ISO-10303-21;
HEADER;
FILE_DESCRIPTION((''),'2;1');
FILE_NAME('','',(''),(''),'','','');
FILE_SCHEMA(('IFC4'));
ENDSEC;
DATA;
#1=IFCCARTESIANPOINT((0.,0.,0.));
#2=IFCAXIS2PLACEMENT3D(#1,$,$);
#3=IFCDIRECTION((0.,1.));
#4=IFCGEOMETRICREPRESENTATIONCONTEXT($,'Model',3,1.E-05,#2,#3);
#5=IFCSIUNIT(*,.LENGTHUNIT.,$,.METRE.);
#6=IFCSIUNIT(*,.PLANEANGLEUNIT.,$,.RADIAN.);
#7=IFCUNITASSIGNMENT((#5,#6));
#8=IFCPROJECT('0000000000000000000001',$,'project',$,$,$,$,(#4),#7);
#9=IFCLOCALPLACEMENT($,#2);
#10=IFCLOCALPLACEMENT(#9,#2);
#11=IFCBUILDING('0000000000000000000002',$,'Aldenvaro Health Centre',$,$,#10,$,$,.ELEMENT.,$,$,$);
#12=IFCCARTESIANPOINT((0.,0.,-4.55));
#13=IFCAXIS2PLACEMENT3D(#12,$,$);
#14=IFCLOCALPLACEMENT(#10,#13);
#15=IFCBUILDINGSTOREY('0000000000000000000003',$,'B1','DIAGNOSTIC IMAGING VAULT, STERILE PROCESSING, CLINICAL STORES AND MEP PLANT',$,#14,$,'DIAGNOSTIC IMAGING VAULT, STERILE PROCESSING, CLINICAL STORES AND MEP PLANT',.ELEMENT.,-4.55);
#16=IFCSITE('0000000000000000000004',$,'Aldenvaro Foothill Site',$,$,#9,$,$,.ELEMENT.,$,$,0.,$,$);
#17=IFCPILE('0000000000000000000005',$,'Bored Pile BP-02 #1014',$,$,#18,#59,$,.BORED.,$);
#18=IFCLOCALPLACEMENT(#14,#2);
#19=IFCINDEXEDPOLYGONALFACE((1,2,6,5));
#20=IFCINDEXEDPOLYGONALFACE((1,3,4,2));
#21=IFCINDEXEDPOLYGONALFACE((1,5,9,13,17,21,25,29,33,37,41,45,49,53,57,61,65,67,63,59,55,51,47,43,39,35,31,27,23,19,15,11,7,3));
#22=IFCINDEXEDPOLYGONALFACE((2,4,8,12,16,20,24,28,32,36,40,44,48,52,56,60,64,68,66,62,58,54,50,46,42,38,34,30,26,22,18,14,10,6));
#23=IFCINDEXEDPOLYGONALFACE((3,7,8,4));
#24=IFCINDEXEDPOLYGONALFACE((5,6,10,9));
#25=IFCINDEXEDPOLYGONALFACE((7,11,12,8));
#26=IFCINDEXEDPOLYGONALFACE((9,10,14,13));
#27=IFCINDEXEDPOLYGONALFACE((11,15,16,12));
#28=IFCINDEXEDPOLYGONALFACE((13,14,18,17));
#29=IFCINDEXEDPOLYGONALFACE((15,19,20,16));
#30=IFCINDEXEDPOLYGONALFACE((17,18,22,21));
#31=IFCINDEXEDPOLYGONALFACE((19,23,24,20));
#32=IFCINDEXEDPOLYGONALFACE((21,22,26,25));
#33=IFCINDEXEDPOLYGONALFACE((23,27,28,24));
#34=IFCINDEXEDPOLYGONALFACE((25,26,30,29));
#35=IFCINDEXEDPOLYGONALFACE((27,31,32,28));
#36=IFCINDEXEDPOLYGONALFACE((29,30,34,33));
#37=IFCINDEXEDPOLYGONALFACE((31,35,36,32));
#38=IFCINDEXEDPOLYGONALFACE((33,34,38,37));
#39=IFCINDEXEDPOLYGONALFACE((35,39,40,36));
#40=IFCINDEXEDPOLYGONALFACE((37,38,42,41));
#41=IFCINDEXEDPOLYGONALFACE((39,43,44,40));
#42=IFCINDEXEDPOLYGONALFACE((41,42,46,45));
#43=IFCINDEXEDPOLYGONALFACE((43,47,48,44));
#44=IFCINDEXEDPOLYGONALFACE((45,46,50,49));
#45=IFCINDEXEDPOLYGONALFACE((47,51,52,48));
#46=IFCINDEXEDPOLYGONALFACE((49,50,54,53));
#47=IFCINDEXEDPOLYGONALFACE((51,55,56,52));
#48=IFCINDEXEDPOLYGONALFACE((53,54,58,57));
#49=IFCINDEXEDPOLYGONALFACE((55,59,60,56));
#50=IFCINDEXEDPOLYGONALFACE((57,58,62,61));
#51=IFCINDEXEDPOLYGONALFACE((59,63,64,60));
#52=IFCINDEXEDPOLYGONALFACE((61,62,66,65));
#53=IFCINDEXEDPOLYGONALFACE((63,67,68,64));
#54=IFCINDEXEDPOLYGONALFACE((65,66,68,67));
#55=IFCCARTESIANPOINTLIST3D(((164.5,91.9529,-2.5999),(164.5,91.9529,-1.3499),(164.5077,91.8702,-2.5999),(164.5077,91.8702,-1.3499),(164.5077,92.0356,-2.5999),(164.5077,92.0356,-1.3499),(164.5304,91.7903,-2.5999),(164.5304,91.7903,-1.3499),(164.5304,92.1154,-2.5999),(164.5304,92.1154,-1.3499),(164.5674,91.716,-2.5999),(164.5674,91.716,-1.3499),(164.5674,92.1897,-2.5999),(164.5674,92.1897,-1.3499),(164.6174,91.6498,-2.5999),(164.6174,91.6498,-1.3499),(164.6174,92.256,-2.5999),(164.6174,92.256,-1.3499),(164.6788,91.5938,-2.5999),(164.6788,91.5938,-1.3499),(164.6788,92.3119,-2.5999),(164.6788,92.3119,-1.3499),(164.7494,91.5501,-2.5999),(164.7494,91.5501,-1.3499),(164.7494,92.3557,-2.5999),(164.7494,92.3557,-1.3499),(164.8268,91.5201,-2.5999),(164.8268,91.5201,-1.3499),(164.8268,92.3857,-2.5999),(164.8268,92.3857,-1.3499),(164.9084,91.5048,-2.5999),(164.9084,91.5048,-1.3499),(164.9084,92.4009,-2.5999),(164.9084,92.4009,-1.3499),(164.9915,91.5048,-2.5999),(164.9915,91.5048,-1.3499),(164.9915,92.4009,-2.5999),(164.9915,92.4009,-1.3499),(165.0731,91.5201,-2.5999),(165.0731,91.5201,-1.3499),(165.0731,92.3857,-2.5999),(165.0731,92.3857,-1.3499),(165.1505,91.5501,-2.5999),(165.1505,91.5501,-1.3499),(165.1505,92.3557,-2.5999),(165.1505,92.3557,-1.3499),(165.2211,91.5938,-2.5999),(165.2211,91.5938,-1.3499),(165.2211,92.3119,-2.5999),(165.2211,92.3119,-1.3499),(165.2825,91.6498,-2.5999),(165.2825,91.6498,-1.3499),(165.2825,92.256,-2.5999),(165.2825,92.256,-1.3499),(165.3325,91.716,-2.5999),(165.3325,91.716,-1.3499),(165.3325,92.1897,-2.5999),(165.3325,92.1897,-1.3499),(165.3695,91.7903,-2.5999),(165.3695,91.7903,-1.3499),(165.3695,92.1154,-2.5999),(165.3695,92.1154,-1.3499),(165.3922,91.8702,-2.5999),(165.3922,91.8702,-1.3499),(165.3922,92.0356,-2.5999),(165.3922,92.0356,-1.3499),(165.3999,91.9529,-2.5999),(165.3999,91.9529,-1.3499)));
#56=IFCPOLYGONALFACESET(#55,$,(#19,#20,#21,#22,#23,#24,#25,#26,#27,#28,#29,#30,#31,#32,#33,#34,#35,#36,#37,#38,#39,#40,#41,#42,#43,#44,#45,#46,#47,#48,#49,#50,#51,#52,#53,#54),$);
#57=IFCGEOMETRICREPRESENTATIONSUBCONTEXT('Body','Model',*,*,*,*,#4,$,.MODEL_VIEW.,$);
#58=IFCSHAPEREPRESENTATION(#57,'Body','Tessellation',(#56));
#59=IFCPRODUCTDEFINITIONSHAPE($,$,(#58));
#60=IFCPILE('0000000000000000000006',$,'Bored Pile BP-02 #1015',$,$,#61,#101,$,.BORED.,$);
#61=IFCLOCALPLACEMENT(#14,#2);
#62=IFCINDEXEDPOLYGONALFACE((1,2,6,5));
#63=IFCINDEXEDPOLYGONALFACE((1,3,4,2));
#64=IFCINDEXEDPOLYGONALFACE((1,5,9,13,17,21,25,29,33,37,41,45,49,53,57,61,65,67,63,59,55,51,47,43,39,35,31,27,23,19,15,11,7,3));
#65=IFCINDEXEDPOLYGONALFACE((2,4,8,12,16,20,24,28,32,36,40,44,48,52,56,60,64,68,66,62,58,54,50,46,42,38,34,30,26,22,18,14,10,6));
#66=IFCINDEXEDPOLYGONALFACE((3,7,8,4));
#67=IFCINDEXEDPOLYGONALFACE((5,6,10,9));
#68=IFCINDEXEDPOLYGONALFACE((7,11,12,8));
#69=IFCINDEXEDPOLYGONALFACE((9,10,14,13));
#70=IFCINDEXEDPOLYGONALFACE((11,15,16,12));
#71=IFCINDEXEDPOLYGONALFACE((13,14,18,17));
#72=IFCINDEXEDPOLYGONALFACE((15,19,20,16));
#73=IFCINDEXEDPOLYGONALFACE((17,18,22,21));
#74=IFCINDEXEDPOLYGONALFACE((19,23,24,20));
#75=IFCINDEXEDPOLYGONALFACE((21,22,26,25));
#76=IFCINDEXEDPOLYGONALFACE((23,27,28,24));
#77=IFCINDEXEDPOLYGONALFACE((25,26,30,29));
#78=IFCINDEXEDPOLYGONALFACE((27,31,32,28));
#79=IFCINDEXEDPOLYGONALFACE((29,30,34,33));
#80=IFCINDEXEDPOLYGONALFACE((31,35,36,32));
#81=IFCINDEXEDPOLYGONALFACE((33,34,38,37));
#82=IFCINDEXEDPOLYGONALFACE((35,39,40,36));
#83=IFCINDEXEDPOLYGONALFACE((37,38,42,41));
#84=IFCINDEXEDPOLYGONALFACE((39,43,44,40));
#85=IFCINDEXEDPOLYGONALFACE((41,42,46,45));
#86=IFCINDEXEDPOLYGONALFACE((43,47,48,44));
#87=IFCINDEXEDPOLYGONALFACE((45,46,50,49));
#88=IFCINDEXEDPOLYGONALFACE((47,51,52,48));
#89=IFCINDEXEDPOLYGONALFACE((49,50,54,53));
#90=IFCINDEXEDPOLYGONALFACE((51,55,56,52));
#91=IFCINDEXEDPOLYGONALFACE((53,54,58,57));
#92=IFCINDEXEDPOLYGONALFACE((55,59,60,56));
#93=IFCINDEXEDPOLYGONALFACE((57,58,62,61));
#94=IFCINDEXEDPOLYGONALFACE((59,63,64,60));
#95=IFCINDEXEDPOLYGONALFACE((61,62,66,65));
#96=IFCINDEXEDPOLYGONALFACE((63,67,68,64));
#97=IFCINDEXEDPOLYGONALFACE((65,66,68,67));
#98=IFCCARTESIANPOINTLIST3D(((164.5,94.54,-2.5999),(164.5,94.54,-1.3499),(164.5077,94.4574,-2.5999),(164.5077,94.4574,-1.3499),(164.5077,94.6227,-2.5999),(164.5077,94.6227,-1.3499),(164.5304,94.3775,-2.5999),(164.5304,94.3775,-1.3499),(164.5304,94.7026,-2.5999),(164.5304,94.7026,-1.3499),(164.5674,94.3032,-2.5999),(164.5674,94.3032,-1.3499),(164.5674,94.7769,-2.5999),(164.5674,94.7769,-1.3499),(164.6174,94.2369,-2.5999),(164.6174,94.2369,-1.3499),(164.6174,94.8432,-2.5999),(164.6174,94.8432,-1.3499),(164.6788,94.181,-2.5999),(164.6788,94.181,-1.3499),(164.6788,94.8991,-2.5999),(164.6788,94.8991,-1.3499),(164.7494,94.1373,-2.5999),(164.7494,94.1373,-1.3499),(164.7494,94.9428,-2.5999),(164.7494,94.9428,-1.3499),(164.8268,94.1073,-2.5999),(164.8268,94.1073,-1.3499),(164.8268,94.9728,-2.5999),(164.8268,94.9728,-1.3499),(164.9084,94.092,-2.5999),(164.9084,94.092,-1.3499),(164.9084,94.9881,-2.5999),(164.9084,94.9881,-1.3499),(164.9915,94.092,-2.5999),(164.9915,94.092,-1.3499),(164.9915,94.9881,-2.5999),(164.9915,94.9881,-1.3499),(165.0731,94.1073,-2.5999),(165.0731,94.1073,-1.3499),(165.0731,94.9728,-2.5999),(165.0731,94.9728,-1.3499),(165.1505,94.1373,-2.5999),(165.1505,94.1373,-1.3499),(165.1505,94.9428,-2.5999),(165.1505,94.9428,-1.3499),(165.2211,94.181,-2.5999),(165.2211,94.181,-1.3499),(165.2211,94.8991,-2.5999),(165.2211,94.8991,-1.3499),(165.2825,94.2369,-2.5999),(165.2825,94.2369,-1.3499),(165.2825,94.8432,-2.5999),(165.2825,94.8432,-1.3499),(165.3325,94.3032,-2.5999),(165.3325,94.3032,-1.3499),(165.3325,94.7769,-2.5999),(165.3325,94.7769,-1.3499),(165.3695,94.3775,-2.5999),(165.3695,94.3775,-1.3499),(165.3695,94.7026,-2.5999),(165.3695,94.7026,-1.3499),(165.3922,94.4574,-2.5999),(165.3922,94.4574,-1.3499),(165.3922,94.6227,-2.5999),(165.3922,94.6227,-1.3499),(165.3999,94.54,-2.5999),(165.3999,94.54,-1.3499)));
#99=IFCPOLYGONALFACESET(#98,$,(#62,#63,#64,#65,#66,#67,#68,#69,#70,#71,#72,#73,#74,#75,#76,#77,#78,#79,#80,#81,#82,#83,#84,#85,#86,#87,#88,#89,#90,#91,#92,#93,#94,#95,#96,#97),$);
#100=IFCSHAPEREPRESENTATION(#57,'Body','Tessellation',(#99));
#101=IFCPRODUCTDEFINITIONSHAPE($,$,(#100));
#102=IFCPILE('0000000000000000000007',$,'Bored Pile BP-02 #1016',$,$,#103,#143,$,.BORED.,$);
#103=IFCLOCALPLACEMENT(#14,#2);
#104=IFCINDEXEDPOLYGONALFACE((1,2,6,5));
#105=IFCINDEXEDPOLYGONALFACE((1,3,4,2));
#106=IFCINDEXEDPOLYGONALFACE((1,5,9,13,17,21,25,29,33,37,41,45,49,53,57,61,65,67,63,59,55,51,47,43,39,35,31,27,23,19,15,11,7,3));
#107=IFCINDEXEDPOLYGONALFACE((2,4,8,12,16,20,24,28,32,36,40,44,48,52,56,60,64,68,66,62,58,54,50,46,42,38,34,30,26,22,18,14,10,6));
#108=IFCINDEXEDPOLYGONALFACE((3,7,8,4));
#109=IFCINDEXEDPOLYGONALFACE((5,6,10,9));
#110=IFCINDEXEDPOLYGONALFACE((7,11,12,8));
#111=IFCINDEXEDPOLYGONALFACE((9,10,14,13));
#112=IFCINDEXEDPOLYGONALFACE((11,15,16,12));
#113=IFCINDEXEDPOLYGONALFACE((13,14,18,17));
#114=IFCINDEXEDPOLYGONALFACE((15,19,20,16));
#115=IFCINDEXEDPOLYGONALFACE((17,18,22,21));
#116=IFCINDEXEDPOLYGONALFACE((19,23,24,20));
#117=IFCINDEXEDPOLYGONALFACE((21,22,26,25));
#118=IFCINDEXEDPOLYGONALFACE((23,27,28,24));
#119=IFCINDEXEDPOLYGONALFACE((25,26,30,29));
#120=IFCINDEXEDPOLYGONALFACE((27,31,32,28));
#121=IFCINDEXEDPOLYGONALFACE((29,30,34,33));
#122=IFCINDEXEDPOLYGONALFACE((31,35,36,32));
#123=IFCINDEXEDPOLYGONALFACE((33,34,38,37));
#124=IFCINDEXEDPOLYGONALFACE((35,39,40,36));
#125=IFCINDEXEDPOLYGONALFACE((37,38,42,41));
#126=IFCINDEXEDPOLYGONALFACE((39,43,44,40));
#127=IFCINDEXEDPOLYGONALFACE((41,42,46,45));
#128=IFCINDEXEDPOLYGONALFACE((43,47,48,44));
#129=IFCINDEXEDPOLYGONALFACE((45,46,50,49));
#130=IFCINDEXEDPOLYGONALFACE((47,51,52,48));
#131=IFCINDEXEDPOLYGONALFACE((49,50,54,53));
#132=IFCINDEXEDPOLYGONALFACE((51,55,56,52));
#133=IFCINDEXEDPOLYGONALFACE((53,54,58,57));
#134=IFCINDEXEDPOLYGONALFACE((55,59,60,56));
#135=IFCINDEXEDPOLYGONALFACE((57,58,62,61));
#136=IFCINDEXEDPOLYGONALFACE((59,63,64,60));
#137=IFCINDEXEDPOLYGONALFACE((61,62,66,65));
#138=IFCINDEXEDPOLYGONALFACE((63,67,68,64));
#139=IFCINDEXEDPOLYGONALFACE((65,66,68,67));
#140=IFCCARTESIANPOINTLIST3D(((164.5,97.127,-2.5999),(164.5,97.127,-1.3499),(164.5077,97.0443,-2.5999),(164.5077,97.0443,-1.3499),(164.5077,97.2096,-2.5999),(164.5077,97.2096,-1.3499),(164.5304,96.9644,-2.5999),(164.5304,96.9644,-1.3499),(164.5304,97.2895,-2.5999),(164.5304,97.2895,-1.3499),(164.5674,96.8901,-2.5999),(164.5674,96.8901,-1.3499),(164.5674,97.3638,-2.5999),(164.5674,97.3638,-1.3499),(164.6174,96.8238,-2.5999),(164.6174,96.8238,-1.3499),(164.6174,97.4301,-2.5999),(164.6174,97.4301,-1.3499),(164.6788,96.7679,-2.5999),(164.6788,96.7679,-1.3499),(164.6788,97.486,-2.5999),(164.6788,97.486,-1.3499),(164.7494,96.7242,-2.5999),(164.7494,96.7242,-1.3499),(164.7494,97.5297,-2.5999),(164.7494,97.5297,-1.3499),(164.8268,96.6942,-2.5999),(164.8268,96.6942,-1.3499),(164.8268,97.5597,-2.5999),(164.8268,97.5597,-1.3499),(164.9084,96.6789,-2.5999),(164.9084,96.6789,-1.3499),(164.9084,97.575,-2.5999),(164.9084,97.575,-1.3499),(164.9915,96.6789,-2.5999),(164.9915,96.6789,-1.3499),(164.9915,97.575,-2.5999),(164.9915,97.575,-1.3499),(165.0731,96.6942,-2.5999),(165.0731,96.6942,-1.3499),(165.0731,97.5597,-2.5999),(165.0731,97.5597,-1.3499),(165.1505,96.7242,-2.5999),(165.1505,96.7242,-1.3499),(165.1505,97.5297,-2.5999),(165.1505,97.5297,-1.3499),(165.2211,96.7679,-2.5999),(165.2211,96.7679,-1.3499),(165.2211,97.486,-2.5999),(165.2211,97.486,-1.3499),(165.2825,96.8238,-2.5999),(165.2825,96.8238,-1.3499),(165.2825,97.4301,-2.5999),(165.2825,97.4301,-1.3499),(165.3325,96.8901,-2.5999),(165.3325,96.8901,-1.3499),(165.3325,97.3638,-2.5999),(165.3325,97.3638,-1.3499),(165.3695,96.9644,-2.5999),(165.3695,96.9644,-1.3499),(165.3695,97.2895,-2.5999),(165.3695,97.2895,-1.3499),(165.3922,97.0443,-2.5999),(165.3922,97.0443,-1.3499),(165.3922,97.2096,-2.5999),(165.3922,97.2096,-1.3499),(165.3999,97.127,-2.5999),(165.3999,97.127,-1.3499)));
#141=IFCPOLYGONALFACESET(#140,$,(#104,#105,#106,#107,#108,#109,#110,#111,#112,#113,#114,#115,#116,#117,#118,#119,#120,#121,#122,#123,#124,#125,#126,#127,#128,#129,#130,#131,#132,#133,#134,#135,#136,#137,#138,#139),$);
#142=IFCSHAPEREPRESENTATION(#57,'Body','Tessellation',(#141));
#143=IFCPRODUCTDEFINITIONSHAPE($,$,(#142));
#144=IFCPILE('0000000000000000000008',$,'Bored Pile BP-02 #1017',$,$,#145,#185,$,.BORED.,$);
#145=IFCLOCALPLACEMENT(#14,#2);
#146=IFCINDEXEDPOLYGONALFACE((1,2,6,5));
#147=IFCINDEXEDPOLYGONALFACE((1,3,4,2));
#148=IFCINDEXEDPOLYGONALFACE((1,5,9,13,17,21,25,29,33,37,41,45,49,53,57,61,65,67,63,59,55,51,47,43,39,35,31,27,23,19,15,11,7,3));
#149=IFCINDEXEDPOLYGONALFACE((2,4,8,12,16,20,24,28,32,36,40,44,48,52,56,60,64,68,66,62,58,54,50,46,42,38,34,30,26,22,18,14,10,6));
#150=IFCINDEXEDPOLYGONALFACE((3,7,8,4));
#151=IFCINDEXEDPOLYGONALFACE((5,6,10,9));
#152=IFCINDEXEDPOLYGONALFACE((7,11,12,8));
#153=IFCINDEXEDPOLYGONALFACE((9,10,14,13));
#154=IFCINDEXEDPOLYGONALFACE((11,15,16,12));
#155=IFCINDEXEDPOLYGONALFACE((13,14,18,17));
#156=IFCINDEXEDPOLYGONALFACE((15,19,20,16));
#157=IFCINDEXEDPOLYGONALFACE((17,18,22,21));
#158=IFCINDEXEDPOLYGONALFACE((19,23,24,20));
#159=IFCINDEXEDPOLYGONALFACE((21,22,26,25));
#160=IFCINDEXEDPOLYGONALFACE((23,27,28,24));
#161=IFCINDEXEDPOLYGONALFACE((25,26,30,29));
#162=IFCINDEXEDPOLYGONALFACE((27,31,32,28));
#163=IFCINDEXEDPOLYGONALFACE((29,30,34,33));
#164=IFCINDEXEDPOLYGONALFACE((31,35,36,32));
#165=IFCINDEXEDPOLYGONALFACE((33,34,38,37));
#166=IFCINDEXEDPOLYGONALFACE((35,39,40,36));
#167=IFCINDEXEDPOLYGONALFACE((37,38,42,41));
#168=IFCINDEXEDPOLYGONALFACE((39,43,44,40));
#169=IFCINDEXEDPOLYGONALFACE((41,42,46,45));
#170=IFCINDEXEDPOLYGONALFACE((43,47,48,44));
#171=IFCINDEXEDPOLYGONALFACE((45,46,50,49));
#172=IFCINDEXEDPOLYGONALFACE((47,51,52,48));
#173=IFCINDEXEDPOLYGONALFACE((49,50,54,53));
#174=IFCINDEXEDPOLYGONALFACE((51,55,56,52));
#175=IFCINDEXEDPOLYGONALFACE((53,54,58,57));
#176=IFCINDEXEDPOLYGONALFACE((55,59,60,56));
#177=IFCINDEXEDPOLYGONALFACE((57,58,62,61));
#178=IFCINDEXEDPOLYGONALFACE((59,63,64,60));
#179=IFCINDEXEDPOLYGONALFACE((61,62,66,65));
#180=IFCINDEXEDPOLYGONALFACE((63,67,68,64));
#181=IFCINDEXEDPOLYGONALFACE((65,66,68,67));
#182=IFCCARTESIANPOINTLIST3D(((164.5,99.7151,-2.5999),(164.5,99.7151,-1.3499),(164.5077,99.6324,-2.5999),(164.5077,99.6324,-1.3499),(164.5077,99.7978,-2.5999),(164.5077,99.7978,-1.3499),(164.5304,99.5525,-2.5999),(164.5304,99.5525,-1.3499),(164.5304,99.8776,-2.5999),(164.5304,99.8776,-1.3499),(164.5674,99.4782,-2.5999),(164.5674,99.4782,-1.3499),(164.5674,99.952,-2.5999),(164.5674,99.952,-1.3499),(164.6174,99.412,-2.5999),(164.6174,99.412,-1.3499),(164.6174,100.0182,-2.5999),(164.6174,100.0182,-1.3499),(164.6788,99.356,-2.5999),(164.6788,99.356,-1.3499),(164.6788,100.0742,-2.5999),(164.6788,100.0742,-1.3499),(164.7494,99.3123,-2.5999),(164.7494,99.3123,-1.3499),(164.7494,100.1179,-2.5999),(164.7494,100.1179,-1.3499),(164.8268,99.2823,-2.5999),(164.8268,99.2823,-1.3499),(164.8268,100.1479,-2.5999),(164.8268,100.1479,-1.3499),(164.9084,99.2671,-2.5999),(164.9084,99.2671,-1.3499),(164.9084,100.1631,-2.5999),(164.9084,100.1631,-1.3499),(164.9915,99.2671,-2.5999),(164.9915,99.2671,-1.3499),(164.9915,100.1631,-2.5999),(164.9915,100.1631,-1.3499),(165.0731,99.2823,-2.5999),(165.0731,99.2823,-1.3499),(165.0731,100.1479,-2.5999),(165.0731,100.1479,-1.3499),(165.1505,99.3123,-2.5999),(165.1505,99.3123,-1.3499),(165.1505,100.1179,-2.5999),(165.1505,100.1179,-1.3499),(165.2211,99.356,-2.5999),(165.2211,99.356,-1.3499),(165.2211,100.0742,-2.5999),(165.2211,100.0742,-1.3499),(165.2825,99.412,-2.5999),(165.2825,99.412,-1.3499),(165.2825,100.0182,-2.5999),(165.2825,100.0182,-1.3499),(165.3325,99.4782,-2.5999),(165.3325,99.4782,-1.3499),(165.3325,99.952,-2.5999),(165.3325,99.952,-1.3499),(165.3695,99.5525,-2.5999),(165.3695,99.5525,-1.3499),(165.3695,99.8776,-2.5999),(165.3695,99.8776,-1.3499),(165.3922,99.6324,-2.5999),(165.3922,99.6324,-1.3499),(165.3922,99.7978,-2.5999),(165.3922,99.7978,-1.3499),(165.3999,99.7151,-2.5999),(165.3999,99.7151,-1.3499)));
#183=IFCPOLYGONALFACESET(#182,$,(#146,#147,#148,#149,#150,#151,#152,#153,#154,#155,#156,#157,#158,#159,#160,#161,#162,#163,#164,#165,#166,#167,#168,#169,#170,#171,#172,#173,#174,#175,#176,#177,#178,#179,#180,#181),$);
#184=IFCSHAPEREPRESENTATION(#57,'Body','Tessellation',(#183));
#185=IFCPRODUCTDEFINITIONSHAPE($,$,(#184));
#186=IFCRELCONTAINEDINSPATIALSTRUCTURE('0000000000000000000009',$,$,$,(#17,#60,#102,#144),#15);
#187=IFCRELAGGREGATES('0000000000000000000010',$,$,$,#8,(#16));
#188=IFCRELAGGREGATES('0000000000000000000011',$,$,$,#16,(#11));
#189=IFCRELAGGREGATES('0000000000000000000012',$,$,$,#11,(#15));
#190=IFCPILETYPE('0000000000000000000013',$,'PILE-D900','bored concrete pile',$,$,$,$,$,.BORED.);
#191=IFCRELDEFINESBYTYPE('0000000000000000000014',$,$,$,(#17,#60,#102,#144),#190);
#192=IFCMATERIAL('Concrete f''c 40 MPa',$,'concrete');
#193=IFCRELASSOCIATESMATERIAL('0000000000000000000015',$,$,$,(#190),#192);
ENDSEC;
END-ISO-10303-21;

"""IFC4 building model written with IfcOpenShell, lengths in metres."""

from ifc_helpers import new_model, si_unit, direction, frame, origin, origin_2d, place, context, subcontext, project, spatial, circle, extrude, material, material_profile, profile_set, type_object, element, save


model = new_model("IFC4")

# Units and contexts
model_context = context("Model", 3, precision=1e-05, world=origin(), true_north=direction((0.0, 1.0)))
body_context = subcontext(model_context, "Body", "Model", "MODEL_VIEW")
ifc_project = project(units=[si_unit("LENGTHUNIT", "METRE"), si_unit("PLANEANGLEUNIT", "RADIAN")], contexts=[model_context])

# Site, building, storey
site_placement = place(None, origin())
site = spatial("IfcSite", under=ifc_project, at=site_placement, Name="Aldenvaro Foothill Site", CompositionType="ELEMENT", RefElevation=0.0)
building_placement = place(site_placement, origin())
building = spatial("IfcBuilding", under=site, at=building_placement, Name="Aldenvaro Health Centre", CompositionType="ELEMENT")
storey_placement = place(building_placement, frame((0.0, 0.0, -4.55)))
storey = spatial("IfcBuildingStorey", under=building, at=storey_placement, Name="B1", Description="DIAGNOSTIC IMAGING VAULT, STERILE PROCESSING, CLINICAL STORES AND MEP PLANT", LongName="DIAGNOSTIC IMAGING VAULT, STERILE PROCESSING, CLINICAL STORES AND MEP PLANT", CompositionType="ELEMENT", Elevation=-4.55)

# Piles
ifc_material_1 = material(Name="Concrete f'c 40 MPa", Category="concrete")
ifc_material_profile_1 = material_profile(ifc_material_1, circle(Radius=0.45, at=origin_2d()), Name="PILE D900", Category="concrete")
ifc_profile_set_1 = profile_set([ifc_material_profile_1], Name="Concrete f'c 40 MPa")
pile_type = type_object("IfcPileType", Name="PILE-D900", Description="bored concrete pile", PredefinedType="BORED", material=ifc_profile_set_1)
for number, where, z_axis, x_axis, name in (
    (1, (164.95, 91.9529, -1.3499), (0.0, 0.0, -1.0), (1.0, 0.0, 0.0), "Bored Pile BP-02 #1014"),
    (2, (164.95, 94.54, -1.3499), (0.0, 0.0, -1.0), (1.0, 0.0, 0.0), "Bored Pile BP-02 #1015"),
    (3, (164.95, 97.127, -1.3499), (0.0, 0.0, -1.0), (1.0, 0.0, 0.0), "Bored Pile BP-02 #1016"),
    (4, (164.95, 99.7151, -1.3499), (0.0, 0.0, -1.0), (1.0, 0.0, 0.0), "Bored Pile BP-02 #1017"),
):
    element("IfcPile", number, at=place(storey_placement, frame(where, z_axis=z_axis, x_axis=x_axis)), inside=storey, type_object=pile_type, Name=name, PredefinedType="BORED", context=body_context, shape_type="SweptSolid", body=[
        extrude(circle(Radius=0.45, at=origin_2d()), origin(), (0.0, 0.0, 1.0), 1.25),
    ])

save(model, "model.ifc")
